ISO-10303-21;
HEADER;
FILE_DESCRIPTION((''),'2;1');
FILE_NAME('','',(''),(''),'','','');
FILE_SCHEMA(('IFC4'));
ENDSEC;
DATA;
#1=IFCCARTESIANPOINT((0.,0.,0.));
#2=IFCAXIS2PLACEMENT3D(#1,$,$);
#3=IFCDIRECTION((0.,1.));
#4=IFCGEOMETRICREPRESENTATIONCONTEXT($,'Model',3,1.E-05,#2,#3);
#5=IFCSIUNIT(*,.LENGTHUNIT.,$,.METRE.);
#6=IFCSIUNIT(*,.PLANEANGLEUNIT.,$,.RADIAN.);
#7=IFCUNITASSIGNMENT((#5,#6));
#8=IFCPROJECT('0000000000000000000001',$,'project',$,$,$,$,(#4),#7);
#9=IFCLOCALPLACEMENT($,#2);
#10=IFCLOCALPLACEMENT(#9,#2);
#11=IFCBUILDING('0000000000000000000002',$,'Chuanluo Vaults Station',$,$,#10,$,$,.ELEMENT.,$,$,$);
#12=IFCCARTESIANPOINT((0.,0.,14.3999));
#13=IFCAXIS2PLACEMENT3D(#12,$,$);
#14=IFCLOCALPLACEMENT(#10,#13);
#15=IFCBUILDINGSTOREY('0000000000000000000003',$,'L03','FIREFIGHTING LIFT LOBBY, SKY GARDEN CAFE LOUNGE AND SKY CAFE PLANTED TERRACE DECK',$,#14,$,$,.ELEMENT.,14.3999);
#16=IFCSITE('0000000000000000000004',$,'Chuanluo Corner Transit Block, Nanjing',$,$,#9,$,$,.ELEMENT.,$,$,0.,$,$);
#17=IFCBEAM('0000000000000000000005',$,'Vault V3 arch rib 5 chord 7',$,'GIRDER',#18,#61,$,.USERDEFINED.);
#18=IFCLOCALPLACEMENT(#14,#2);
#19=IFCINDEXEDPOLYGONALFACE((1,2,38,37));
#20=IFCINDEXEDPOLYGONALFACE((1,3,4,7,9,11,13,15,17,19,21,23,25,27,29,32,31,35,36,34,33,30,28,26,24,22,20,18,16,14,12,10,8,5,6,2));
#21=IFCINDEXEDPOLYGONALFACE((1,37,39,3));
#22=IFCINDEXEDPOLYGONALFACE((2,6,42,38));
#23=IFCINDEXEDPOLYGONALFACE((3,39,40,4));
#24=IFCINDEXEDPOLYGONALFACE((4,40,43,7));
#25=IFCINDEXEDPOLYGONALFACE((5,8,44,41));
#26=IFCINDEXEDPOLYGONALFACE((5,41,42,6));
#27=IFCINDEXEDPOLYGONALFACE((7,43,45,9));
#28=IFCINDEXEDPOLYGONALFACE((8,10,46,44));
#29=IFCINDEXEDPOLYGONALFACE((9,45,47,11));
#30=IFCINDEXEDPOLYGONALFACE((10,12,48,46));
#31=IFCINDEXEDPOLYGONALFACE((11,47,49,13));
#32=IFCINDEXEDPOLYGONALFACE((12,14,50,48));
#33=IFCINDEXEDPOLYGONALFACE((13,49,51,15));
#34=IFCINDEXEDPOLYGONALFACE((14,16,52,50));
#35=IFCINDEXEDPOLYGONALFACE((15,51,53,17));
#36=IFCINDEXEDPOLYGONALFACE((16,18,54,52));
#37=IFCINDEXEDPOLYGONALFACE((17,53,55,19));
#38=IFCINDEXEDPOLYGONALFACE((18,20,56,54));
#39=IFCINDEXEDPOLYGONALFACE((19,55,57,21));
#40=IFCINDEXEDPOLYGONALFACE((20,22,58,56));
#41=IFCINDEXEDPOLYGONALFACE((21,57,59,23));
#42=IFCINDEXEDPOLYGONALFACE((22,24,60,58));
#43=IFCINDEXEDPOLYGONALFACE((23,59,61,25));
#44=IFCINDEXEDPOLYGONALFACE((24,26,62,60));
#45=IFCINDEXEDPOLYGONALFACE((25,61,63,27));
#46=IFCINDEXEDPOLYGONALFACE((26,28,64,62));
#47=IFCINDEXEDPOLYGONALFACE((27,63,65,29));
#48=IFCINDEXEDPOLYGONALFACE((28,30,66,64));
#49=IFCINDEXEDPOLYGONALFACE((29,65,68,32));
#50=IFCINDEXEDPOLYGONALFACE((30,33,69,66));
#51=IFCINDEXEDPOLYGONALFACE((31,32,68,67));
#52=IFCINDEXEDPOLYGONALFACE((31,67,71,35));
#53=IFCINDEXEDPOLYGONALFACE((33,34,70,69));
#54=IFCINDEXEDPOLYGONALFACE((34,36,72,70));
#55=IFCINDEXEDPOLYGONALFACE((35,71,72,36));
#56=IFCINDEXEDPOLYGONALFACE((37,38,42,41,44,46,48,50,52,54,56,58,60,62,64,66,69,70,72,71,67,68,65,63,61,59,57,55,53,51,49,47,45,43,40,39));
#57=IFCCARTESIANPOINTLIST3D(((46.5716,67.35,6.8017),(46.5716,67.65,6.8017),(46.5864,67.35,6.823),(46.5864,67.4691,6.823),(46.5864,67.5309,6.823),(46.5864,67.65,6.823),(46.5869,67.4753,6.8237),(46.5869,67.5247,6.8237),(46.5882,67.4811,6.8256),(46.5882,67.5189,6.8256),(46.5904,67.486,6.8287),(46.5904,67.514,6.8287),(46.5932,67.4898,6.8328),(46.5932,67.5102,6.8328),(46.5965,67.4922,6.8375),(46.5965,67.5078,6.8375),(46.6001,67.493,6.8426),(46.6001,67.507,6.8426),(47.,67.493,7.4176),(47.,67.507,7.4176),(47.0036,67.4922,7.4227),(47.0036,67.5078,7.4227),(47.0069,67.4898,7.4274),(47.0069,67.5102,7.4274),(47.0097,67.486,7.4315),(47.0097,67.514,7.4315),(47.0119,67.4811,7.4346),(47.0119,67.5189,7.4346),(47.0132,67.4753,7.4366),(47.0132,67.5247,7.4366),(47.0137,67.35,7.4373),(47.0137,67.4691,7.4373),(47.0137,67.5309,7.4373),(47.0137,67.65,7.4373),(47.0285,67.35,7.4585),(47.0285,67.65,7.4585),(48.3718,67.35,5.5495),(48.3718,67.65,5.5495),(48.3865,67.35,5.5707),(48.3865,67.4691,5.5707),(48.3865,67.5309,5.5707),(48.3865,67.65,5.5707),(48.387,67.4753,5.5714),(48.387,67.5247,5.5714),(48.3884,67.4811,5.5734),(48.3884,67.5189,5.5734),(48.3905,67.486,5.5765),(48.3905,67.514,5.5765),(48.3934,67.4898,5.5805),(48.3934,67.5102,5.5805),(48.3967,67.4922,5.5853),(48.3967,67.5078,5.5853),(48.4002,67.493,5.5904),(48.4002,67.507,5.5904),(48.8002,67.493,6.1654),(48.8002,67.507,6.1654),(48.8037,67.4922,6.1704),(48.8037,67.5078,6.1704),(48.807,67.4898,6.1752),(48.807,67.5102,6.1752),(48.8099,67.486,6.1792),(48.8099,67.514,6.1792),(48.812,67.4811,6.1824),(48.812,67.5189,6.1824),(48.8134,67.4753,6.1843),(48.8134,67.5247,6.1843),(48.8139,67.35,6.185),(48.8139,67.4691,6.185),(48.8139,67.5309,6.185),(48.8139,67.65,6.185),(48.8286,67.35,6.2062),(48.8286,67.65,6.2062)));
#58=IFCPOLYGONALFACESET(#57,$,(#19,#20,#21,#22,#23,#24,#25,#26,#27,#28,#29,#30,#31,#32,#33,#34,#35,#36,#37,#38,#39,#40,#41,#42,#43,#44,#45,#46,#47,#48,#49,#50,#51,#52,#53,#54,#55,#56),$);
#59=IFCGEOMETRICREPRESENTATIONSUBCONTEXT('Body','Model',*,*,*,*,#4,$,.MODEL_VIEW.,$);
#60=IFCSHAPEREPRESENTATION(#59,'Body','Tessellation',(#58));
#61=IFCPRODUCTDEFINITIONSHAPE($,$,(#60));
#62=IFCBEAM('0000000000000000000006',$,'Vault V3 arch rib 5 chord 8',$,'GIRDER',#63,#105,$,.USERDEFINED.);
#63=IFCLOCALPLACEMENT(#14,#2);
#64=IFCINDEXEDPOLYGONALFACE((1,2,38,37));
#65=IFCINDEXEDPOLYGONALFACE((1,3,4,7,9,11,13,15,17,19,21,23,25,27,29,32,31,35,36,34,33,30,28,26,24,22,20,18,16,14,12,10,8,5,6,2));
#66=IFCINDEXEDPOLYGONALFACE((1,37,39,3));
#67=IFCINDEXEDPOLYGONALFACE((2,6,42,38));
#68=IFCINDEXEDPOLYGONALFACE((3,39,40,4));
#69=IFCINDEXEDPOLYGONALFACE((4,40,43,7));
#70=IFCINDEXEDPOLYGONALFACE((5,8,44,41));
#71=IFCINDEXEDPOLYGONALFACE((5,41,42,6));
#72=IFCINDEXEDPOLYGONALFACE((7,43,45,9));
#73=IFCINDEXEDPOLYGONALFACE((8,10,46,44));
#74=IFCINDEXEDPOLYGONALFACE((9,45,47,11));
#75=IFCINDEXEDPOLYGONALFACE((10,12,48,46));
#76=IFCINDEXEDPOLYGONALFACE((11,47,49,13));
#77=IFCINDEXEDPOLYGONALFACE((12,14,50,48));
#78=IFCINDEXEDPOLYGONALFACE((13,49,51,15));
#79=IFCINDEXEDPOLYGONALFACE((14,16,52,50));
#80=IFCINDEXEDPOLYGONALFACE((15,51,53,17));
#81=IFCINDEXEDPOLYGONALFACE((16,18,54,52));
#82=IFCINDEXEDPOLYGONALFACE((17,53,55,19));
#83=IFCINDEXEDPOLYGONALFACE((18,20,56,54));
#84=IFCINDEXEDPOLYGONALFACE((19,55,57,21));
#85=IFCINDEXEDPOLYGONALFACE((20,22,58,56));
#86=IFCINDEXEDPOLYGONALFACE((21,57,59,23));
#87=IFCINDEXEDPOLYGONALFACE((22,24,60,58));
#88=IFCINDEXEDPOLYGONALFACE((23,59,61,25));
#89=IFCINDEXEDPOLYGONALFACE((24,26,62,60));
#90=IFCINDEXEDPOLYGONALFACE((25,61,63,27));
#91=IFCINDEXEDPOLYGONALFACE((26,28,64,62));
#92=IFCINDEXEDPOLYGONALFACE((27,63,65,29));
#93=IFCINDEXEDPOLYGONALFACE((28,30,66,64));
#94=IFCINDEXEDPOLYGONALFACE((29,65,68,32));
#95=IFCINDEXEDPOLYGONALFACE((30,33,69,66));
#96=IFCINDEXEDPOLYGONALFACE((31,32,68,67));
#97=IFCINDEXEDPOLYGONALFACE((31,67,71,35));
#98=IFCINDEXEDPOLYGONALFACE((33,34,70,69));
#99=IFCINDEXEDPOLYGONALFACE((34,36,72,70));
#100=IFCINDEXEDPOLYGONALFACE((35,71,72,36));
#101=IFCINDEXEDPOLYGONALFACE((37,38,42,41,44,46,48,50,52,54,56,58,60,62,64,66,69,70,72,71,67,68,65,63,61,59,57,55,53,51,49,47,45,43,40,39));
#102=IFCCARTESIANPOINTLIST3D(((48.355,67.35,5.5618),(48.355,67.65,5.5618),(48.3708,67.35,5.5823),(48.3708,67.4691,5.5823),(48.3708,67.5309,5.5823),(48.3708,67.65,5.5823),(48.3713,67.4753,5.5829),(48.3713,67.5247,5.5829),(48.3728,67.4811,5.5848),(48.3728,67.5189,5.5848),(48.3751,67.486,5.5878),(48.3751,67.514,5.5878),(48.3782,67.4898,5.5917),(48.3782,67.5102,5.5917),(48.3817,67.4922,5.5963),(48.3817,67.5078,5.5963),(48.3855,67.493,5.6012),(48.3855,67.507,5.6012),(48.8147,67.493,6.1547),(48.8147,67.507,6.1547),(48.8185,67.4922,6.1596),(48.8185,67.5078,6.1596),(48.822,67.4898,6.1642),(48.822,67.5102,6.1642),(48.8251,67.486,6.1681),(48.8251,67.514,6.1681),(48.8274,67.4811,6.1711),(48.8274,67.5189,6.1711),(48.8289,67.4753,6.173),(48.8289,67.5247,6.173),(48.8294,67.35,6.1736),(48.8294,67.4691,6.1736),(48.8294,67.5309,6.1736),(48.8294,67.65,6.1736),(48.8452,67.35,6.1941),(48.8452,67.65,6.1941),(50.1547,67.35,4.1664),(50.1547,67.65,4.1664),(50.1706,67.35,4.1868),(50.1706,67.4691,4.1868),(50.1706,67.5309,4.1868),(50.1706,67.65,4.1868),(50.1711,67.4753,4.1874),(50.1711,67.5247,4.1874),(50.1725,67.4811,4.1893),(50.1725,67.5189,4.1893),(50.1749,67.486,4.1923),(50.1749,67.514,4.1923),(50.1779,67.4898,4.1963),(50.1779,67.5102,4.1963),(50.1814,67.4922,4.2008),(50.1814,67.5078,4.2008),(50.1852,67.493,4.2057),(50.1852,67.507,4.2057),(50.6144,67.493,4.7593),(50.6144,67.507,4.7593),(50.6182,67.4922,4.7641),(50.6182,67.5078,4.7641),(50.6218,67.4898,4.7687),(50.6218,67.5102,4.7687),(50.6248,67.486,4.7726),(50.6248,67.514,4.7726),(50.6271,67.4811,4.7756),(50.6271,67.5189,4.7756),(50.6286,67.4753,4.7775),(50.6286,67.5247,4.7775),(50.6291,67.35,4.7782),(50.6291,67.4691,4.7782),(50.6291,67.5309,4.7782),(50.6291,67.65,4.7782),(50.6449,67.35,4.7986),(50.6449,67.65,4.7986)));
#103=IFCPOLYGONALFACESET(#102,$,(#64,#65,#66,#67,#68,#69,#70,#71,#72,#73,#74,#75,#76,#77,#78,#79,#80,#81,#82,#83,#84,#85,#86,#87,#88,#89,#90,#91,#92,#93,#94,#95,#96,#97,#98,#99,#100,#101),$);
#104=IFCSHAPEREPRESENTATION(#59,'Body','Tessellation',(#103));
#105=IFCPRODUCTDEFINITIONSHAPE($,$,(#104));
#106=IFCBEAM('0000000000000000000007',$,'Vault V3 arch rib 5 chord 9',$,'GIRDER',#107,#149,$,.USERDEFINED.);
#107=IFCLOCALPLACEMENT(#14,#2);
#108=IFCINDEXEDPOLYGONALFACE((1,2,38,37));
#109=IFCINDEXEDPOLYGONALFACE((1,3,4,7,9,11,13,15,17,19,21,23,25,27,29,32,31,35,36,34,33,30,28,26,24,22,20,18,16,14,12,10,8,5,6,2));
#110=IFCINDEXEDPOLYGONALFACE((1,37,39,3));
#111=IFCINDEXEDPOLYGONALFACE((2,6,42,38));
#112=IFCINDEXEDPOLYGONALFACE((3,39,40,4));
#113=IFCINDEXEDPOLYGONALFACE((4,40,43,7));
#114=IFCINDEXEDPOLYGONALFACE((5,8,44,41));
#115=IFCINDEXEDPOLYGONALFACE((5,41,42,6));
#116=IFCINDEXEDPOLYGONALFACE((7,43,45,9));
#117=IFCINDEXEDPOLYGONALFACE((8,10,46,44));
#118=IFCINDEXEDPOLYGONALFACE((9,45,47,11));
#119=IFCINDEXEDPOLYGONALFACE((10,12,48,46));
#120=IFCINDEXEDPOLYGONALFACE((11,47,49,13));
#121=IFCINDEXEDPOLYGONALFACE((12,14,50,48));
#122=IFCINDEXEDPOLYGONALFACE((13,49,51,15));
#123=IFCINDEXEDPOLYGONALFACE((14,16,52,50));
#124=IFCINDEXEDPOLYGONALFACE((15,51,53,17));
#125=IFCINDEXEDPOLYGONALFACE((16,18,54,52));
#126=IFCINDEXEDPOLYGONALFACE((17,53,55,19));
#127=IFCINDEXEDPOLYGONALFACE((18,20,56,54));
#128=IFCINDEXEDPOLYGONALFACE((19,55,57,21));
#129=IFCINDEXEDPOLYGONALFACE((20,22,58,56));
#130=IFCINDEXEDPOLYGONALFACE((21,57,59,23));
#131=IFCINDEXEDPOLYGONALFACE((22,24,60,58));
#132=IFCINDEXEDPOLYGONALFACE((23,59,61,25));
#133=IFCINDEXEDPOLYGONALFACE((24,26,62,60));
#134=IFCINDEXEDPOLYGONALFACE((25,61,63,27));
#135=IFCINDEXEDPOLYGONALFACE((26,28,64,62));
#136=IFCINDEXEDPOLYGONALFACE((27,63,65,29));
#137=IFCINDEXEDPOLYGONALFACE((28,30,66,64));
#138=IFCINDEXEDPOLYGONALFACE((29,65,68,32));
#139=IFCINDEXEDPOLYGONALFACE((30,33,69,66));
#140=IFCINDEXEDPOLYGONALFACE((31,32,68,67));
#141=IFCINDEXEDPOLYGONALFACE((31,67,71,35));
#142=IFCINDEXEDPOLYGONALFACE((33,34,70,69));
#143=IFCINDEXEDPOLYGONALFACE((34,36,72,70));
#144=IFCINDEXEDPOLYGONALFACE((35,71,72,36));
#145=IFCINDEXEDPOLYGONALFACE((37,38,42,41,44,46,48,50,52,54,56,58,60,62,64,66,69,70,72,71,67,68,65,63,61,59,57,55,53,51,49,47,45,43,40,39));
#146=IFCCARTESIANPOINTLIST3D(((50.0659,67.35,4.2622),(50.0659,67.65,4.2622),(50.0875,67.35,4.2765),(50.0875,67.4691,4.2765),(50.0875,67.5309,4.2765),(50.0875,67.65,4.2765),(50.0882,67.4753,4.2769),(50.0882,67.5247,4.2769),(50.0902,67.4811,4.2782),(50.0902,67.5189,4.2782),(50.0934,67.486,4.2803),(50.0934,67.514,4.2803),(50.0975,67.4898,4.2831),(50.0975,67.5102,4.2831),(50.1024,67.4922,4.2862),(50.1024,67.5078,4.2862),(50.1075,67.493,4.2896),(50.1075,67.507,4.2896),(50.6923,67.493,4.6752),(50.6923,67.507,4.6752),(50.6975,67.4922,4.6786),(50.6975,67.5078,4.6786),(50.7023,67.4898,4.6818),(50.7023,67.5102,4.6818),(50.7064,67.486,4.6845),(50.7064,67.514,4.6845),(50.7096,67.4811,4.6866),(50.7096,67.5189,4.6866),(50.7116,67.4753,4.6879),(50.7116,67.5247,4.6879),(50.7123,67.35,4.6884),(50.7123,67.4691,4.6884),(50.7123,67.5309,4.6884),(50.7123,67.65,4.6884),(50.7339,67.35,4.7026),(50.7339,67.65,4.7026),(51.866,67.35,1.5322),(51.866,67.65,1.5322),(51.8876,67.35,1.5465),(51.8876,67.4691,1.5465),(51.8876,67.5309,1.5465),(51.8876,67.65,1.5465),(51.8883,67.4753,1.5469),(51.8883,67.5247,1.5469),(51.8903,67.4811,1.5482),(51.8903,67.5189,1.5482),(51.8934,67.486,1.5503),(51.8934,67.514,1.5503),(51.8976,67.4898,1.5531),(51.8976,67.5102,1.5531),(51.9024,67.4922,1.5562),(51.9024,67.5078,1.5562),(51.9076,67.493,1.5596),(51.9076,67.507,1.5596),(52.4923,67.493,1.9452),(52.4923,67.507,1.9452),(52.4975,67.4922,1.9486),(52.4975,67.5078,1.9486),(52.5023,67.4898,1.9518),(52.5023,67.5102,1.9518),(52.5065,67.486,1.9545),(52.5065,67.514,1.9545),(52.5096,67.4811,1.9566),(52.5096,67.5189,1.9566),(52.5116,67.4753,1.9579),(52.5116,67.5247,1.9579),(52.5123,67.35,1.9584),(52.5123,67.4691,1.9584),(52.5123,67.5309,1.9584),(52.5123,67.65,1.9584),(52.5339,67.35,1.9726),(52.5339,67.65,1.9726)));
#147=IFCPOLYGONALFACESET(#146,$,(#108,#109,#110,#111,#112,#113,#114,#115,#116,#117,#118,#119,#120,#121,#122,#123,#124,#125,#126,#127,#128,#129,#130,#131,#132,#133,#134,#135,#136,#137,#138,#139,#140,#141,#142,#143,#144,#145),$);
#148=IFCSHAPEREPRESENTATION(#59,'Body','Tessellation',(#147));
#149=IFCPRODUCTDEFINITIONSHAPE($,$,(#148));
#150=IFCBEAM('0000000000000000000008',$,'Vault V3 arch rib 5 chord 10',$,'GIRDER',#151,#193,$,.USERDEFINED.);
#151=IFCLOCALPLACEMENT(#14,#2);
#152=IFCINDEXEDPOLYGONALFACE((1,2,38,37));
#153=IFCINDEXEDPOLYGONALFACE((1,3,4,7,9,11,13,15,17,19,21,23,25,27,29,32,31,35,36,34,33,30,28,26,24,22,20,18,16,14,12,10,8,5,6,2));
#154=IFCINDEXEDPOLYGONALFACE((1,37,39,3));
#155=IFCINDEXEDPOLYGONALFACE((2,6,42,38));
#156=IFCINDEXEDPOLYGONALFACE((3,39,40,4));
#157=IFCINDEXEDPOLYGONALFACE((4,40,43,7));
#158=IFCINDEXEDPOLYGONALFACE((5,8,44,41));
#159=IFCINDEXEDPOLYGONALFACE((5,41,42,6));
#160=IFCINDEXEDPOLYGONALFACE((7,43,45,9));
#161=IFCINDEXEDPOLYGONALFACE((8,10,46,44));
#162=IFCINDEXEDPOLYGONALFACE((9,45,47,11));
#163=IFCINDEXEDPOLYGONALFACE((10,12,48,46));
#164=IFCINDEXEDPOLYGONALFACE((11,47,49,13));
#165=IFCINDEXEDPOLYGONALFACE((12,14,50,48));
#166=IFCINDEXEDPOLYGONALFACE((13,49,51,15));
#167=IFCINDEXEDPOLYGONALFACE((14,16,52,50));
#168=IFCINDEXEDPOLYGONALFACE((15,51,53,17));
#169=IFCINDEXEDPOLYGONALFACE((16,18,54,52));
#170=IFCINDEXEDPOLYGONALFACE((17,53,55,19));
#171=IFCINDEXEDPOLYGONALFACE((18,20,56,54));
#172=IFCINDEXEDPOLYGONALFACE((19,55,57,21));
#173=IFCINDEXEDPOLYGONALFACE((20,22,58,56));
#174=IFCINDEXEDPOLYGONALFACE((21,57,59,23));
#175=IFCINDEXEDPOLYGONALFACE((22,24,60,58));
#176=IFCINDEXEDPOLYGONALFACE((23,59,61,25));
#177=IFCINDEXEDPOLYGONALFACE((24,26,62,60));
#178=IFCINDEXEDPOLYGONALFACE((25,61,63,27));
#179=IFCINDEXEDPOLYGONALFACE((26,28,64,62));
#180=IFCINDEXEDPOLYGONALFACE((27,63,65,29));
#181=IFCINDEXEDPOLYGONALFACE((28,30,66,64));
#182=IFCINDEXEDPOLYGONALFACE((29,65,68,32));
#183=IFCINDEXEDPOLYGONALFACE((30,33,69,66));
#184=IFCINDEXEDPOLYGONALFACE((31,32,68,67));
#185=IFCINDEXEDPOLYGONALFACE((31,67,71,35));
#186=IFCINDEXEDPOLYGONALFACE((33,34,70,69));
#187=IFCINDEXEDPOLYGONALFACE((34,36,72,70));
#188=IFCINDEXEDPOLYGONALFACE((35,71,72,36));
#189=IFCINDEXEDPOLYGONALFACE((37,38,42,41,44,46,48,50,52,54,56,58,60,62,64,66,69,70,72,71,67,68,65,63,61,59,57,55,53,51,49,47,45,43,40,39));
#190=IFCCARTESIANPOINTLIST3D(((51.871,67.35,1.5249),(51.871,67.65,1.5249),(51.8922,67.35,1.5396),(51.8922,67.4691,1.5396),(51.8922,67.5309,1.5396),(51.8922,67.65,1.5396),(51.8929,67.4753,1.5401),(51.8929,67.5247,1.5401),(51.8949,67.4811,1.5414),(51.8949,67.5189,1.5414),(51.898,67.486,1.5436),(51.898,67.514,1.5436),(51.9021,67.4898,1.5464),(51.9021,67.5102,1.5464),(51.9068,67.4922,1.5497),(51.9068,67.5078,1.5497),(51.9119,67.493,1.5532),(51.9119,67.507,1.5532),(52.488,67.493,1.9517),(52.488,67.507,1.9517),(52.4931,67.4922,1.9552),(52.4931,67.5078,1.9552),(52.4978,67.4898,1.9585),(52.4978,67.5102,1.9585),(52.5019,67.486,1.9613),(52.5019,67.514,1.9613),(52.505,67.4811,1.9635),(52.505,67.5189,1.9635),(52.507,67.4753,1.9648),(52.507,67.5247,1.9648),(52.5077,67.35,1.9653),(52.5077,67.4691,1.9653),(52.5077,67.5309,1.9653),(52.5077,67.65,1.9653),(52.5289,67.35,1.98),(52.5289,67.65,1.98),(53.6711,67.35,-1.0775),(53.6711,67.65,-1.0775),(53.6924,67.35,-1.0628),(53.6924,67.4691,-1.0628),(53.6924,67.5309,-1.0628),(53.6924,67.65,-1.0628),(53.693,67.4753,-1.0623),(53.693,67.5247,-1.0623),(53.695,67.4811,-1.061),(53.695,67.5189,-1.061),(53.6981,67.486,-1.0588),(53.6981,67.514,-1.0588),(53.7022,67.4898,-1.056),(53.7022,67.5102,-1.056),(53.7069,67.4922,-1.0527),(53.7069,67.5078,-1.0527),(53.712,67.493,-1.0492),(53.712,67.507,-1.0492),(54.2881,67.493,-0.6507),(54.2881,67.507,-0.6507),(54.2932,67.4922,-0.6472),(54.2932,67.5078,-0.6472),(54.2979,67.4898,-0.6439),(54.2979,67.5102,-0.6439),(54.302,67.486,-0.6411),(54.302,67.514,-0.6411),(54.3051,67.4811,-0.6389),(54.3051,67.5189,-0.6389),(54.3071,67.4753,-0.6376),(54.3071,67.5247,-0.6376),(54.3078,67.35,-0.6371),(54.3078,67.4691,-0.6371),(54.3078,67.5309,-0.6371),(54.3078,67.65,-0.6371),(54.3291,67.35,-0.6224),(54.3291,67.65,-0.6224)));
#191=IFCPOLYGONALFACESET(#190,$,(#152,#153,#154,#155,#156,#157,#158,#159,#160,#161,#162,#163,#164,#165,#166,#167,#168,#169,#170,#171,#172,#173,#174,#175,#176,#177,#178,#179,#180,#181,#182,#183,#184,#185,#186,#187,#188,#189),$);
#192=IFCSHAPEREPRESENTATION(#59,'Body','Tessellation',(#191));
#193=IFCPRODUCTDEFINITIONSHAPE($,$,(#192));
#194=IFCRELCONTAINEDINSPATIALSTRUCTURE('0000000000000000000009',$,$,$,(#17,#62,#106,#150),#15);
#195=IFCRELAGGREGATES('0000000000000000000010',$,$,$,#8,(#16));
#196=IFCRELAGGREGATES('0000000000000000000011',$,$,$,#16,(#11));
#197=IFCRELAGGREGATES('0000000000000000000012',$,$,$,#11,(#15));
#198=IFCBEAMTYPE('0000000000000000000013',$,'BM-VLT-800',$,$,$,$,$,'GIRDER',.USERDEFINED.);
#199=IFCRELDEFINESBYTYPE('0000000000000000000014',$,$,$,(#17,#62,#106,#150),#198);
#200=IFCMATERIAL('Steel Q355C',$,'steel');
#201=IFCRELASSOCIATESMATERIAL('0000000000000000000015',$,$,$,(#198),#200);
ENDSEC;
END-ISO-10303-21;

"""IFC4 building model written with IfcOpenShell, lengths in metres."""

from ifc_helpers import new_model, si_unit, direction, frame, origin, origin_2d, place, context, subcontext, project, spatial, i_section, extrude, material, material_profile, profile_set, type_object, element, save


model = new_model("IFC4")

# Units and contexts
model_context = context("Model", 3, precision=1e-05, world=origin(), true_north=direction((0.0, 1.0)))
body_context = subcontext(model_context, "Body", "Model", "MODEL_VIEW")
ifc_project = project(units=[si_unit("LENGTHUNIT", "METRE"), si_unit("PLANEANGLEUNIT", "RADIAN")], contexts=[model_context])

# Site, building, storey
site_placement = place(None, origin())
site = spatial("IfcSite", under=ifc_project, at=site_placement, Name="Chuanluo Corner Transit Block, Nanjing", CompositionType="ELEMENT", RefElevation=0.0)
building_placement = place(site_placement, origin())
building = spatial("IfcBuilding", under=site, at=building_placement, Name="Chuanluo Vaults Station", CompositionType="ELEMENT")
storey_placement = place(building_placement, frame((0.0, 0.0, 14.3999)))
storey = spatial("IfcBuildingStorey", under=building, at=storey_placement, Name="L03", Description="FIREFIGHTING LIFT LOBBY, SKY GARDEN CAFE LOUNGE AND SKY CAFE PLANTED TERRACE DECK", CompositionType="ELEMENT", Elevation=14.3999)

# Beams
ifc_material_1 = material(Name="Steel Q355C", Category="steel")
ifc_material_profile_1 = material_profile(ifc_material_1, i_section(OverallWidth=0.3, OverallDepth=0.8, WebThickness=0.0139, FlangeThickness=0.0259, FilletRadius=0.0239, at=origin_2d()))
ifc_profile_set_1 = profile_set([ifc_material_profile_1], Name="Steel Q355C")
beam_type = type_object("IfcBeamType", Name="BM-VLT-800", ElementType="GIRDER", PredefinedType="USERDEFINED", material=ifc_profile_set_1)
beam_1_placement = place(storey_placement, frame((46.8, 67.5, 7.1301), z_axis=(0.820907, 0.0, -0.571061), x_axis=(0.0, 1.0, 0.0)))
element("IfcBeam", 1, at=beam_1_placement, inside=storey, type_object=beam_type, Name="Vault V3 arch rib 5 chord 7", ObjectType="GIRDER", PredefinedType="USERDEFINED", context=body_context, shape_type="SweptSolid", body=[
    extrude(i_section(OverallWidth=0.3, OverallDepth=0.8, WebThickness=0.0139, FlangeThickness=0.0259, FilletRadius=0.0239, at=origin_2d()), origin(), (0.0, 0.0, 1.0), 2.1929),
])
beam_2_placement = place(storey_placement, frame((48.6001, 67.5, 5.8779), z_axis=(0.790275, 0.0, -0.612752), x_axis=(0.0, 1.0, 0.0)))
element("IfcBeam", 2, at=beam_2_placement, inside=storey, type_object=beam_type, Name="Vault V3 arch rib 5 chord 8", ObjectType="GIRDER", PredefinedType="USERDEFINED", context=body_context, shape_type="SweptSolid", body=[
    extrude(i_section(OverallWidth=0.3, OverallDepth=0.8, WebThickness=0.0139, FlangeThickness=0.0259, FilletRadius=0.0239, at=origin_2d()), origin(), (0.0, 0.0, 1.0), 2.2773),
])
beam_3_placement = place(storey_placement, frame((50.3999, 67.5, 4.4824), z_axis=(0.550472, 0.0, -0.834854), x_axis=(0.0, 1.0, 0.0)))
element("IfcBeam", 3, at=beam_3_placement, inside=storey, type_object=beam_type, Name="Vault V3 arch rib 5 chord 9", ObjectType="GIRDER", PredefinedType="USERDEFINED", context=body_context, shape_type="SweptSolid", body=[
    extrude(i_section(OverallWidth=0.3, OverallDepth=0.8, WebThickness=0.0139, FlangeThickness=0.0259, FilletRadius=0.0239, at=origin_2d()), origin(), (0.0, 0.0, 1.0), 3.27),
])
beam_4_placement = place(storey_placement, frame((52.2, 67.5, 1.7524), z_axis=(0.568881, 0.0, -0.82242), x_axis=(0.0, 1.0, 0.0)))
element("IfcBeam", 4, at=beam_4_placement, inside=storey, type_object=beam_type, Name="Vault V3 arch rib 5 chord 10", ObjectType="GIRDER", PredefinedType="USERDEFINED", context=body_context, shape_type="SweptSolid", body=[
    extrude(i_section(OverallWidth=0.3, OverallDepth=0.8, WebThickness=0.0139, FlangeThickness=0.0259, FilletRadius=0.0239, at=origin_2d()), origin(), (0.0, 0.0, 1.0), 3.1643),
])

save(model, "model.ifc")
